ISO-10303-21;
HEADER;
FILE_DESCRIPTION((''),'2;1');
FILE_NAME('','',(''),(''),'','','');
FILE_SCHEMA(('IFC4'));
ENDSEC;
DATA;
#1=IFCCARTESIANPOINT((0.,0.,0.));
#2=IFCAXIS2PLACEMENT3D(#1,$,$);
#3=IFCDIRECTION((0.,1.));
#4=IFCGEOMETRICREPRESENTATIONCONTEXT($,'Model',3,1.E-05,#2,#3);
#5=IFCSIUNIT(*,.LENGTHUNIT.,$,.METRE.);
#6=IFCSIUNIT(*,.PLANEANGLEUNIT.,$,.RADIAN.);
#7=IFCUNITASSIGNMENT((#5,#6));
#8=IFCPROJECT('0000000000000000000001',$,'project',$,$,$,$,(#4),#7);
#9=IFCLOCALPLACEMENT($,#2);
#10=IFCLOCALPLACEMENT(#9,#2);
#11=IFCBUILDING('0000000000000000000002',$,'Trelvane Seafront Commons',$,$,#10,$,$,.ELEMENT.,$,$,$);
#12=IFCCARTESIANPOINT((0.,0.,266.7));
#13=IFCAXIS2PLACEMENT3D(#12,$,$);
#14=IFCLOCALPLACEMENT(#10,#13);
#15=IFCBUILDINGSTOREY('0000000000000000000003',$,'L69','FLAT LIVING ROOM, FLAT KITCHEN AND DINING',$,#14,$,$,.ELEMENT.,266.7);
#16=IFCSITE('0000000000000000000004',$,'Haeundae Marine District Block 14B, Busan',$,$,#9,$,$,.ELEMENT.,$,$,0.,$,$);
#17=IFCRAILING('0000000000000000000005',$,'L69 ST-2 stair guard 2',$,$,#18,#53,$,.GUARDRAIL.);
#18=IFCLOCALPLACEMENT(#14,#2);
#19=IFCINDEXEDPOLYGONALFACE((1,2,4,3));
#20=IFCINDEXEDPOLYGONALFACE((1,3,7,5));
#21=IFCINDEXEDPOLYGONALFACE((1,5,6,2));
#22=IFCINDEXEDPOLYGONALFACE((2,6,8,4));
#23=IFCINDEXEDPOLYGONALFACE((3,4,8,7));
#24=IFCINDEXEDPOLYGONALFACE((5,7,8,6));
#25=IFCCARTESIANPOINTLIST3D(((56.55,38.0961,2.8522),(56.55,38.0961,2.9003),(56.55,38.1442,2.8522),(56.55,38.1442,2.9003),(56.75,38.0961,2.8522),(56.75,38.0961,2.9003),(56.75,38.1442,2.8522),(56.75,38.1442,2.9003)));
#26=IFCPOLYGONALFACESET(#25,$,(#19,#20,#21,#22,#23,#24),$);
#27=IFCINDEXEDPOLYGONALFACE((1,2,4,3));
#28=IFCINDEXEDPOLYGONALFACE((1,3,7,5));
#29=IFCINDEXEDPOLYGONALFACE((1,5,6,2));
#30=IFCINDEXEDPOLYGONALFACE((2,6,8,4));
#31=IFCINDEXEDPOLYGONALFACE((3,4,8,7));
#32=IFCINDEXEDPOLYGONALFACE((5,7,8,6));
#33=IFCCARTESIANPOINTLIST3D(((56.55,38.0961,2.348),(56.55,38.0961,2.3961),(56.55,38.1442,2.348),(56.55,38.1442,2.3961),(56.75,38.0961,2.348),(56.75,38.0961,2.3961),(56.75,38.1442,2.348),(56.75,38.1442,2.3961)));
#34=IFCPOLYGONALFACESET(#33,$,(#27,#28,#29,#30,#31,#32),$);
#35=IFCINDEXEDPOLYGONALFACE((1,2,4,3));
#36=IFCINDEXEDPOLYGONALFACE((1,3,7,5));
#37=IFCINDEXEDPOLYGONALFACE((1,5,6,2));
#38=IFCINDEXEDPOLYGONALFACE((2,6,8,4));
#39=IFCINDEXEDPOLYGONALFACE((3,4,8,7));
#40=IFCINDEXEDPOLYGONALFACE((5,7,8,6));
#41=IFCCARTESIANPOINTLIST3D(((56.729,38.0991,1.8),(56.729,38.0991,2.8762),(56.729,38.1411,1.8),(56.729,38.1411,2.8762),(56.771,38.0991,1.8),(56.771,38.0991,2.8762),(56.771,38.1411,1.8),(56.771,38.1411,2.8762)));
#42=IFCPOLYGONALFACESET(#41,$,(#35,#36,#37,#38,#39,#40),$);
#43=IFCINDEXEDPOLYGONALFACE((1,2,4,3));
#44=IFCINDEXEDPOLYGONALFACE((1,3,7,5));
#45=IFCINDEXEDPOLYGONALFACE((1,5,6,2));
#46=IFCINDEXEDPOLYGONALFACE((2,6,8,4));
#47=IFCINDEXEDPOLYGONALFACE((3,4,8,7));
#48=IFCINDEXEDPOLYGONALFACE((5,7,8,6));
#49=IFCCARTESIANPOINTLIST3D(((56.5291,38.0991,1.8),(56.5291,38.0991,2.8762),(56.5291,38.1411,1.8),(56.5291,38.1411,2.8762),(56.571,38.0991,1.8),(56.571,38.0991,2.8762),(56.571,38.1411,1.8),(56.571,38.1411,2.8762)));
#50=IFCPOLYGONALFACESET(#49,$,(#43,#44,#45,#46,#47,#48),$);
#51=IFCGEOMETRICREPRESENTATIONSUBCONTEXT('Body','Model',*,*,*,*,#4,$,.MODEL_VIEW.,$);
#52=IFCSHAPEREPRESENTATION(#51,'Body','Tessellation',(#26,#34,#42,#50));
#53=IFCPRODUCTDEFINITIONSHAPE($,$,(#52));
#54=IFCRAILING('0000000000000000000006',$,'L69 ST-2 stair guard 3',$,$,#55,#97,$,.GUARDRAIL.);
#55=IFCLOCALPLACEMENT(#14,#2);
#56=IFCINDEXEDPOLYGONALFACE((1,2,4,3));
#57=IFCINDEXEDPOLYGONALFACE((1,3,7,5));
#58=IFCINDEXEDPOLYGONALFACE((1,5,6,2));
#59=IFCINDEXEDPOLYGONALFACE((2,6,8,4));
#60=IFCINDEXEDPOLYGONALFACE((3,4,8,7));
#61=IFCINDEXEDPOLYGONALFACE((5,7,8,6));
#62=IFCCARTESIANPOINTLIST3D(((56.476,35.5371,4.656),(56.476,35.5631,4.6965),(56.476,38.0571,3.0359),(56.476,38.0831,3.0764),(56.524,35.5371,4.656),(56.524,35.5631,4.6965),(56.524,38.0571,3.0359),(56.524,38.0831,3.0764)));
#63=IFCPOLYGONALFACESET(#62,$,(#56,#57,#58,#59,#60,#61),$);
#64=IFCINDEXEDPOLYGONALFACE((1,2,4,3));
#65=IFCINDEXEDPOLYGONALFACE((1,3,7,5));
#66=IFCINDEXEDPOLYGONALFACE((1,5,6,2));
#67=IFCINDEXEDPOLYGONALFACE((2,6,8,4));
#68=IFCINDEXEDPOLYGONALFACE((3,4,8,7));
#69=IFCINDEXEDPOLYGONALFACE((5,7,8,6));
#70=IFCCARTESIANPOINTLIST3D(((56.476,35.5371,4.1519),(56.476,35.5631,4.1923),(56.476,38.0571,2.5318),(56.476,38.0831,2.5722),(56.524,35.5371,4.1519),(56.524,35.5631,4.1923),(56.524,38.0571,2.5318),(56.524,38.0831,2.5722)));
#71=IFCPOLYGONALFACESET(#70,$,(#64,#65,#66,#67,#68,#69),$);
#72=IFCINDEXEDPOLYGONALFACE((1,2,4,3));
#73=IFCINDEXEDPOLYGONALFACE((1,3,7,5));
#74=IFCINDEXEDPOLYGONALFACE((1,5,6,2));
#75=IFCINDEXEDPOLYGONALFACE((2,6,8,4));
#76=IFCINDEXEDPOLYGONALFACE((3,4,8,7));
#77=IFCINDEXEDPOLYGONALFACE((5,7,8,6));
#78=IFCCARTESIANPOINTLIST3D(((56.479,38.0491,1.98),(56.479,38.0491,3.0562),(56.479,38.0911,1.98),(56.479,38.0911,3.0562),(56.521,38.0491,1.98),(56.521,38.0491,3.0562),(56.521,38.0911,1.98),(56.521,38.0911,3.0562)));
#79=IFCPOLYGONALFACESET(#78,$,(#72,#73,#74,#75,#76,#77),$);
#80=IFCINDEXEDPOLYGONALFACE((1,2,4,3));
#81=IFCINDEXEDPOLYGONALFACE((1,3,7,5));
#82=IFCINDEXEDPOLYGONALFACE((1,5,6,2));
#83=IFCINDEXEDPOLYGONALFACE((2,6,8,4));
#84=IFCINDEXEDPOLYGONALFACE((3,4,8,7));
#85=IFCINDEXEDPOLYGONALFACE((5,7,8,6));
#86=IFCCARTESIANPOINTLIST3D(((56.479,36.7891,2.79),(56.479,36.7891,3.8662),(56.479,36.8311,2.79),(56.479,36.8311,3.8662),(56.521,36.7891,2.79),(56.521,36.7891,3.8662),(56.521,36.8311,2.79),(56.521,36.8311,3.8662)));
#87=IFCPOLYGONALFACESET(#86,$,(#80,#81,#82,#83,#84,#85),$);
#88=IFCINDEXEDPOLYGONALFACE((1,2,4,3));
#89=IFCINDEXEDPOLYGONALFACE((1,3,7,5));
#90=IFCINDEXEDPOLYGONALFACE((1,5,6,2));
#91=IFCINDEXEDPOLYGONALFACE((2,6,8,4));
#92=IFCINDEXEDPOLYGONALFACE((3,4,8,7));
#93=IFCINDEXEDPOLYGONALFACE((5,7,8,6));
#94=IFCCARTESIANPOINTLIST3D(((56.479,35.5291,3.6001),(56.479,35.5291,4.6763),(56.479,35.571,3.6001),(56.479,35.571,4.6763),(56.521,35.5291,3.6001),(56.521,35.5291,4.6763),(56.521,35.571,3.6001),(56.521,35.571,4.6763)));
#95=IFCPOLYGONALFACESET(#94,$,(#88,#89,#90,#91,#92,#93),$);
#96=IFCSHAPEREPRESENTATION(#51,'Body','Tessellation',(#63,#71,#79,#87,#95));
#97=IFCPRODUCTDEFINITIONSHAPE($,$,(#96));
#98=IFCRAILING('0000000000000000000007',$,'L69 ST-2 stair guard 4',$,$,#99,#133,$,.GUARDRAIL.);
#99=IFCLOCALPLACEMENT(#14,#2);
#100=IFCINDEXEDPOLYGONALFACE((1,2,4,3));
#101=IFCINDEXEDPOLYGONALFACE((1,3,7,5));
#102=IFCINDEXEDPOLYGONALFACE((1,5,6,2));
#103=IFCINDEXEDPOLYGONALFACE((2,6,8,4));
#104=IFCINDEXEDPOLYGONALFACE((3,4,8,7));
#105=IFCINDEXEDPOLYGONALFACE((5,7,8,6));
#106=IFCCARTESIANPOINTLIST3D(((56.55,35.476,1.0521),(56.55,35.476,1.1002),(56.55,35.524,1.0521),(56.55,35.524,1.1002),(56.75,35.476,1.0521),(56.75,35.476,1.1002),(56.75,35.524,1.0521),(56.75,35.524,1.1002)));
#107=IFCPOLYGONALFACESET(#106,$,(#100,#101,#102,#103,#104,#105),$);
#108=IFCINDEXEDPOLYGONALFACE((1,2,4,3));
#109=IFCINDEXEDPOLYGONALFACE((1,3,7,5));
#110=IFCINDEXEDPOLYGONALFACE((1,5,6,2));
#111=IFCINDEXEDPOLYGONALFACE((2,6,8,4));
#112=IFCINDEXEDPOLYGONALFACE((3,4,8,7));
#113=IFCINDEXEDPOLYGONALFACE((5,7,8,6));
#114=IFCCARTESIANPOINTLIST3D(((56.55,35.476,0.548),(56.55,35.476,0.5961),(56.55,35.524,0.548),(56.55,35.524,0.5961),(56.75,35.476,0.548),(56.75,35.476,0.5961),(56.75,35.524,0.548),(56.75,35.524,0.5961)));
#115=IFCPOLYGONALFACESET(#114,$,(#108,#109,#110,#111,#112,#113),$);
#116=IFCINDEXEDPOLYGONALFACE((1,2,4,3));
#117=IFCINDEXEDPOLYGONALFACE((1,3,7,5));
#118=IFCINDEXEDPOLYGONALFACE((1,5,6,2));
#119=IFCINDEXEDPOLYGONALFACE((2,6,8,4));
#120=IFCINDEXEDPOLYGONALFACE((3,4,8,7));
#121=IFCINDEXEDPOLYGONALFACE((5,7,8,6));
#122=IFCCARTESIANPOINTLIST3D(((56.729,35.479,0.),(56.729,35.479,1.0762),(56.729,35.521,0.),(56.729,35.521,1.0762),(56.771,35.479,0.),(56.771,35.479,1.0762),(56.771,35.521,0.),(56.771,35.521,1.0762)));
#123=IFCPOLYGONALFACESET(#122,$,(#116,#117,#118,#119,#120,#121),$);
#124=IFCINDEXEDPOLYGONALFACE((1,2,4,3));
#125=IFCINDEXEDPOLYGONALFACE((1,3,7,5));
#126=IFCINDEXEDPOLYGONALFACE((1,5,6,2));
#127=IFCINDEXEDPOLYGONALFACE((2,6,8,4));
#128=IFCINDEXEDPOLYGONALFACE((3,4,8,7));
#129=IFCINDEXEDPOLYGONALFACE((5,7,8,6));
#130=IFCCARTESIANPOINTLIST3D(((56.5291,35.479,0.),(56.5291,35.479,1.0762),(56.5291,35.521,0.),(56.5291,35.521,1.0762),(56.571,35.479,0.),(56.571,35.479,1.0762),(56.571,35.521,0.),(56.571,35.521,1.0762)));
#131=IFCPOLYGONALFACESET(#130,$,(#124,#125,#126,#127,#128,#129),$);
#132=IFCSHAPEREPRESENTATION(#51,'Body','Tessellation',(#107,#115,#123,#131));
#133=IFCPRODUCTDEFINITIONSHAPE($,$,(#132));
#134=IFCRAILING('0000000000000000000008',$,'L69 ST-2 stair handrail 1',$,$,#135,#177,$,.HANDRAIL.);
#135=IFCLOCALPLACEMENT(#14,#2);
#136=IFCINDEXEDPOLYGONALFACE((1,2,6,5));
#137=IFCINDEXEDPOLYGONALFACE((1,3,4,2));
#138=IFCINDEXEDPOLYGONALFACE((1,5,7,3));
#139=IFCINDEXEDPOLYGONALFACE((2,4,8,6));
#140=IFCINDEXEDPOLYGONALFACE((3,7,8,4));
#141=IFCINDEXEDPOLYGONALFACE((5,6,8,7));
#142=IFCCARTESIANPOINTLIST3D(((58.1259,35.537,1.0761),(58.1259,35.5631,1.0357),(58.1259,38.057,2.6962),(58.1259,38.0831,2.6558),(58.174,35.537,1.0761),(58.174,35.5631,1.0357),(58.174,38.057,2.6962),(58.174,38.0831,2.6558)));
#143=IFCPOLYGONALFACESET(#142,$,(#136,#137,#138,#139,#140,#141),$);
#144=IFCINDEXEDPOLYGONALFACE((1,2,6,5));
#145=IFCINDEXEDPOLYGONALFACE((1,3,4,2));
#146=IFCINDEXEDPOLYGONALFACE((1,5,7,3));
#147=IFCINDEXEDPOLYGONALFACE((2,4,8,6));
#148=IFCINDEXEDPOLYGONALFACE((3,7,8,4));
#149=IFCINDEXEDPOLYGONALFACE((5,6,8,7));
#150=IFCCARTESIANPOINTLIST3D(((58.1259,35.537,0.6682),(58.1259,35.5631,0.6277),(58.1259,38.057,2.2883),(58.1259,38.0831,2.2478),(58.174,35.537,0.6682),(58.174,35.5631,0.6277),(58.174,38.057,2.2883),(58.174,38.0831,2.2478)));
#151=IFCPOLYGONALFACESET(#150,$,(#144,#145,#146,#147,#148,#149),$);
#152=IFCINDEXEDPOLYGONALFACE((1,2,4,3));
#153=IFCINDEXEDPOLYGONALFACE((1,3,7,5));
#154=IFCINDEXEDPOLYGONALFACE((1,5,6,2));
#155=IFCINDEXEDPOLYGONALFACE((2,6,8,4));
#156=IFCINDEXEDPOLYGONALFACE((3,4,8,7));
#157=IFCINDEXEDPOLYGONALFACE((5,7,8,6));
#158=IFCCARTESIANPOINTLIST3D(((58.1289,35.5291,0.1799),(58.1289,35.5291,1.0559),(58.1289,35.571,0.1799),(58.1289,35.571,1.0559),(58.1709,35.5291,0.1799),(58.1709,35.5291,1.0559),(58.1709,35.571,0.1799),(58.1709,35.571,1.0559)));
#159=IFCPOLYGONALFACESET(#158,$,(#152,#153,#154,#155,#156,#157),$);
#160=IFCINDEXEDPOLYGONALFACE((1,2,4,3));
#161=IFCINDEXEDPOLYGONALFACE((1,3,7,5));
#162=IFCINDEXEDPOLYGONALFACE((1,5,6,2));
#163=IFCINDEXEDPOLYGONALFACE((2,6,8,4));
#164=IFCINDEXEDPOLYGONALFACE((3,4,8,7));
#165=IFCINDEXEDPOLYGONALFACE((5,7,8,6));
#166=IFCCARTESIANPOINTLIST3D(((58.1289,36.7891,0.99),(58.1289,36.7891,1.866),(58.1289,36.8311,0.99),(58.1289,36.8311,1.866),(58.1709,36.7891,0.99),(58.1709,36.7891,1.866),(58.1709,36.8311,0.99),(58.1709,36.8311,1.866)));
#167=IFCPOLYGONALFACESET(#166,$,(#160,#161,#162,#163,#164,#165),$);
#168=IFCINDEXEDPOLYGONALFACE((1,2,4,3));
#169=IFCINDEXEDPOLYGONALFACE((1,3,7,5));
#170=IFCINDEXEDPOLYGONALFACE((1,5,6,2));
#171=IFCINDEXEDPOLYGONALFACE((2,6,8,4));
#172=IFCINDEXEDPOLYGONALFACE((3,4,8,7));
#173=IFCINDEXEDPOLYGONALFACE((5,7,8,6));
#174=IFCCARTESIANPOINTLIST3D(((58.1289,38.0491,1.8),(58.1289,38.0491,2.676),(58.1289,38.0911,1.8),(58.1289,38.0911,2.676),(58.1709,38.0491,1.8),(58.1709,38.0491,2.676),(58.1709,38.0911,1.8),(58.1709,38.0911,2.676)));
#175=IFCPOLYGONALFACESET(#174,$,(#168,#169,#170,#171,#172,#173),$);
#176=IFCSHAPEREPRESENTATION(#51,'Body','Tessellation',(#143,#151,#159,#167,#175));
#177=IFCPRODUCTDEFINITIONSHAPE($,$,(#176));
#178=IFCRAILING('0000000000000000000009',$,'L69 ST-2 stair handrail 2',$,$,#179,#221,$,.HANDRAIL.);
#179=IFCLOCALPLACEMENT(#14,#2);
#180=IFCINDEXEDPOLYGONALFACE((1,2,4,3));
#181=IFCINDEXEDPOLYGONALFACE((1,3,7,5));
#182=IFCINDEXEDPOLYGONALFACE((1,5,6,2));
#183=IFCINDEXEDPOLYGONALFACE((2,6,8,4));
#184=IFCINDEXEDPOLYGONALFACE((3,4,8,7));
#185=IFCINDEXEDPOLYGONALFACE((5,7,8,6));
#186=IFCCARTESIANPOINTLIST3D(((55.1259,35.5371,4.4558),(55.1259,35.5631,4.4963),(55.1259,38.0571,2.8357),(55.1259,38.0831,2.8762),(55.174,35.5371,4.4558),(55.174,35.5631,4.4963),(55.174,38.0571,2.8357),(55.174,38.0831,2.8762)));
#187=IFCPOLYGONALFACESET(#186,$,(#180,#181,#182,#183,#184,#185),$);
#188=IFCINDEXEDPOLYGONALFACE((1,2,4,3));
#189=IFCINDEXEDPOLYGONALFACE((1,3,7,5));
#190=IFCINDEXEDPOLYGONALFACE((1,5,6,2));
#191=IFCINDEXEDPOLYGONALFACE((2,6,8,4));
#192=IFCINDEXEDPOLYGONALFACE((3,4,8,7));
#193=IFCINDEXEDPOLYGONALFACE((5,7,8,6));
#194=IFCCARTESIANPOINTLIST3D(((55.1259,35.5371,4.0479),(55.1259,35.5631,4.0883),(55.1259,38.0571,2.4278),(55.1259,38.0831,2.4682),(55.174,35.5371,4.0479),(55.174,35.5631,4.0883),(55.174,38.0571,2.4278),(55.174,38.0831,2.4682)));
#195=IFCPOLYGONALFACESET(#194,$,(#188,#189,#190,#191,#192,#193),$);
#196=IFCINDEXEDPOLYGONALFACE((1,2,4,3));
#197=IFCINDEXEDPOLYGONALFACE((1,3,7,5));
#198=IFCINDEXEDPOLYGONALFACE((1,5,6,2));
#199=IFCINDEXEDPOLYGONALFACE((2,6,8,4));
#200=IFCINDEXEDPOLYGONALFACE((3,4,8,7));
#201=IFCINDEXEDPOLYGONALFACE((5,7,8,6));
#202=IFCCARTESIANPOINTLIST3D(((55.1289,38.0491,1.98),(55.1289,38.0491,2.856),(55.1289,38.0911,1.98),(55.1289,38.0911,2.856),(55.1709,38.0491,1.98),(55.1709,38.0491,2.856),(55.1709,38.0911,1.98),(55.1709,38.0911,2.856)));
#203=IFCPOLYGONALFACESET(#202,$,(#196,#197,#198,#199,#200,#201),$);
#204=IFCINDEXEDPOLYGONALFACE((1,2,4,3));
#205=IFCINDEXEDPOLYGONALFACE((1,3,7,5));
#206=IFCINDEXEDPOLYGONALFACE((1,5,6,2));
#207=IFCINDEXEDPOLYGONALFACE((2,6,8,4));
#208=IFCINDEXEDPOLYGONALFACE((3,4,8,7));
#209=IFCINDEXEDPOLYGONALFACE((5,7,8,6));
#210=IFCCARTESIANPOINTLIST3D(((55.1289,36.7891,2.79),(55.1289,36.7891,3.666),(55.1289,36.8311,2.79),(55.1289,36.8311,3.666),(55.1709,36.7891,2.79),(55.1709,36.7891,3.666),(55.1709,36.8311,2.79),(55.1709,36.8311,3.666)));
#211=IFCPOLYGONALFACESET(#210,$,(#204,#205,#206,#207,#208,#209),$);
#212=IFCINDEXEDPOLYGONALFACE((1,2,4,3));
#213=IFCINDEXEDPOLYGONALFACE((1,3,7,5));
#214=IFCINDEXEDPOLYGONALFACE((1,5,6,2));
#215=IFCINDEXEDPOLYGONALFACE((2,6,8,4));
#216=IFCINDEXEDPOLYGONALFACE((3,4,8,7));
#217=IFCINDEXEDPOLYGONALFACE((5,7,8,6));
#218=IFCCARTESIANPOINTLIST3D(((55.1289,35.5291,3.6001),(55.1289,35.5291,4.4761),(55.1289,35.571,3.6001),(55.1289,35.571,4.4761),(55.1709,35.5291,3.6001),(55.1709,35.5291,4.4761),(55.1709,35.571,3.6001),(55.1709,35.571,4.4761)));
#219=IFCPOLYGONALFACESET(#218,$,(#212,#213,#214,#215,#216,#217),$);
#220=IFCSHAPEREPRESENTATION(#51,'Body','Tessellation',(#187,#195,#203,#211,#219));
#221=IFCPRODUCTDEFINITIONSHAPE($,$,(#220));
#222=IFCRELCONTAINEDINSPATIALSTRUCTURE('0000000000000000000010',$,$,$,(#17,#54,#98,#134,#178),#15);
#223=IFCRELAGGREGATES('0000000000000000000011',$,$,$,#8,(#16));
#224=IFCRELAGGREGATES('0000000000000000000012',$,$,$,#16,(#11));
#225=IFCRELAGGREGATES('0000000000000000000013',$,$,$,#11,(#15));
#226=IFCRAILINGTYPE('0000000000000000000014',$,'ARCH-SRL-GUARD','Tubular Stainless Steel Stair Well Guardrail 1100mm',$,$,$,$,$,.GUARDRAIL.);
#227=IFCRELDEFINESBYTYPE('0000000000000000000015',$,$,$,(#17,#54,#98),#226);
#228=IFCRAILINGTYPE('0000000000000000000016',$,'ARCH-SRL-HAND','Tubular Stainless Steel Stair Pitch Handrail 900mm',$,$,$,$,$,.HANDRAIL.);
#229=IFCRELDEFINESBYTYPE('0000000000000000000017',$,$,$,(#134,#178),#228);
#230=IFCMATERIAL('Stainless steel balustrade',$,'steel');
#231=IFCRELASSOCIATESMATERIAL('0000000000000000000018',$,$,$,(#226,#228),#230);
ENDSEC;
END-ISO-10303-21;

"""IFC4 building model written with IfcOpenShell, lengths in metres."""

from ifc_helpers import new_model, si_unit, direction, frame, origin, origin_2d, place, context, subcontext, project, spatial, rectangle, extrude, material, type_object, element, save


model = new_model("IFC4")

# Units and contexts
model_context = context("Model", 3, precision=1e-05, world=origin(), true_north=direction((0.0, 1.0)))
body_context = subcontext(model_context, "Body", "Model", "MODEL_VIEW")
ifc_project = project(units=[si_unit("LENGTHUNIT", "METRE"), si_unit("PLANEANGLEUNIT", "RADIAN")], contexts=[model_context])

# Site, building, storey
site_placement = place(None, origin())
site = spatial("IfcSite", under=ifc_project, at=site_placement, Name="Haeundae Marine District Block 14B, Busan", CompositionType="ELEMENT", RefElevation=0.0)
building_placement = place(site_placement, origin())
building = spatial("IfcBuilding", under=site, at=building_placement, Name="Trelvane Seafront Commons", CompositionType="ELEMENT")
storey_placement = place(building_placement, frame((0.0, 0.0, 266.7)))
storey = spatial("IfcBuildingStorey", under=building, at=storey_placement, Name="L69", Description="FLAT LIVING ROOM, FLAT KITCHEN AND DINING", CompositionType="ELEMENT", Elevation=266.7)

# Railings
ifc_material_1 = material(Name="Stainless steel balustrade", Category="steel")
railing_type_1 = type_object("IfcRailingType", Name="ARCH-SRL-GUARD", Description="Tubular Stainless Steel Stair Well Guardrail 1100mm", PredefinedType="GUARDRAIL", material=ifc_material_1)
railing_1_placement = place(storey_placement, frame((56.75, 38.1201, 1.8)))
element("IfcRailing", 1, at=railing_1_placement, inside=storey, type_object=railing_type_1, Name="L69 ST-2 stair guard 2", PredefinedType="GUARDRAIL", context=body_context, shape_type="SweptSolid", body=[
    extrude(rectangle(XDim=0.0481, YDim=0.0481, at=origin_2d()), frame((0.0, 0.0, 1.0762), z_axis=(-1.0, 0.0, 0.0), x_axis=(0.0, -1.0, 0.0)), (0.0, 0.0, 1.0), 0.2),
    extrude(rectangle(XDim=0.0481, YDim=0.0481, at=origin_2d()), frame((0.0, 0.0, 0.572), z_axis=(-1.0, 0.0, 0.0), x_axis=(0.0, -1.0, 0.0)), (0.0, 0.0, 1.0), 0.2),
    extrude(rectangle(XDim=0.042, YDim=0.042, at=origin_2d()), origin(), (0.0, 0.0, 1.0), 1.0762),
    extrude(rectangle(XDim=0.042, YDim=0.042, at=origin_2d()), frame((-0.2, 0.0, 0.0)), (0.0, 0.0, 1.0), 1.0762),
])
railing_2_placement = place(storey_placement, frame((56.5, 38.0701, 1.98)))
element("IfcRailing", 2, at=railing_2_placement, inside=storey, type_object=railing_type_1, Name="L69 ST-2 stair guard 3", PredefinedType="GUARDRAIL", context=body_context, shape_type="SweptSolid", body=[
    extrude(rectangle(XDim=0.0481, YDim=0.0481, at=origin_2d()), frame((0.0, 0.0, 1.0762), z_axis=(0.0, -0.841163, 0.540782), x_axis=(1.0, 0.0, 0.0)), (0.0, 0.0, 1.0), 2.9958),
    extrude(rectangle(XDim=0.0481, YDim=0.0481, at=origin_2d()), frame((0.0, 0.0, 0.572), z_axis=(0.0, -0.841163, 0.540782), x_axis=(1.0, 0.0, 0.0)), (0.0, 0.0, 1.0), 2.9958),
    extrude(rectangle(XDim=0.042, YDim=0.042, at=origin_2d()), origin(), (0.0, 0.0, 1.0), 1.0762),
    extrude(rectangle(XDim=0.042, YDim=0.042, at=origin_2d()), frame((0.0, -1.26, 0.8101)), (0.0, 0.0, 1.0), 1.0762),
    extrude(rectangle(XDim=0.042, YDim=0.042, at=origin_2d()), frame((0.0, -2.52, 1.6201)), (0.0, 0.0, 1.0), 1.0762),
])
railing_3_placement = place(storey_placement, frame((56.75, 35.5, 0.0)))
element("IfcRailing", 3, at=railing_3_placement, inside=storey, type_object=railing_type_1, Name="L69 ST-2 stair guard 4", PredefinedType="GUARDRAIL", context=body_context, shape_type="SweptSolid", body=[
    extrude(rectangle(XDim=0.0481, YDim=0.0481, at=origin_2d()), frame((0.0, 0.0, 1.0762), z_axis=(-1.0, 0.0, 0.0), x_axis=(0.0, -1.0, 0.0)), (0.0, 0.0, 1.0), 0.2),
    extrude(rectangle(XDim=0.0481, YDim=0.0481, at=origin_2d()), frame((0.0, 0.0, 0.572), z_axis=(-1.0, 0.0, 0.0), x_axis=(0.0, -1.0, 0.0)), (0.0, 0.0, 1.0), 0.2),
    extrude(rectangle(XDim=0.042, YDim=0.042, at=origin_2d()), origin(), (0.0, 0.0, 1.0), 1.0762),
    extrude(rectangle(XDim=0.042, YDim=0.042, at=origin_2d()), frame((-0.2, 0.0, 0.0)), (0.0, 0.0, 1.0), 1.0762),
])
railing_type_2 = type_object("IfcRailingType", Name="ARCH-SRL-HAND", Description="Tubular Stainless Steel Stair Pitch Handrail 900mm", PredefinedType="HANDRAIL", material=ifc_material_1)
railing_4_placement = place(storey_placement, frame((58.1499, 35.55, 0.1799)))
element("IfcRailing", 4, at=railing_4_placement, inside=storey, type_object=railing_type_2, Name="L69 ST-2 stair handrail 1", PredefinedType="HANDRAIL", context=body_context, shape_type="SweptSolid", body=[
    extrude(rectangle(XDim=0.0481, YDim=0.0481, at=origin_2d()), frame((0.0, 0.0, 0.876), z_axis=(0.0, 0.841163, 0.540782), x_axis=(-1.0, 0.0, 0.0)), (0.0, 0.0, 1.0), 2.9958),
    extrude(rectangle(XDim=0.0481, YDim=0.0481, at=origin_2d()), frame((0.0, 0.0, 0.468), z_axis=(0.0, 0.841163, 0.540782), x_axis=(-1.0, 0.0, 0.0)), (0.0, 0.0, 1.0), 2.9958),
    extrude(rectangle(XDim=0.042, YDim=0.042, at=origin_2d()), origin(), (0.0, 0.0, 1.0), 0.876),
    extrude(rectangle(XDim=0.042, YDim=0.042, at=origin_2d()), frame((0.0, 1.26, 0.8101)), (0.0, 0.0, 1.0), 0.876),
    extrude(rectangle(XDim=0.042, YDim=0.042, at=origin_2d()), frame((0.0, 2.52, 1.6201)), (0.0, 0.0, 1.0), 0.876),
])
railing_5_placement = place(storey_placement, frame((55.1499, 38.0701, 1.98)))
element("IfcRailing", 5, at=railing_5_placement, inside=storey, type_object=railing_type_2, Name="L69 ST-2 stair handrail 2", PredefinedType="HANDRAIL", context=body_context, shape_type="SweptSolid", body=[
    extrude(rectangle(XDim=0.0481, YDim=0.0481, at=origin_2d()), frame((0.0, 0.0, 0.876), z_axis=(0.0, -0.841163, 0.540782), x_axis=(1.0, 0.0, 0.0)), (0.0, 0.0, 1.0), 2.9958),
    extrude(rectangle(XDim=0.0481, YDim=0.0481, at=origin_2d()), frame((0.0, 0.0, 0.468), z_axis=(0.0, -0.841163, 0.540782), x_axis=(1.0, 0.0, 0.0)), (0.0, 0.0, 1.0), 2.9958),
    extrude(rectangle(XDim=0.042, YDim=0.042, at=origin_2d()), origin(), (0.0, 0.0, 1.0), 0.876),
    extrude(rectangle(XDim=0.042, YDim=0.042, at=origin_2d()), frame((0.0, -1.26, 0.8101)), (0.0, 0.0, 1.0), 0.876),
    extrude(rectangle(XDim=0.042, YDim=0.042, at=origin_2d()), frame((0.0, -2.52, 1.6201)), (0.0, 0.0, 1.0), 0.876),
])

save(model, "model.ifc")
